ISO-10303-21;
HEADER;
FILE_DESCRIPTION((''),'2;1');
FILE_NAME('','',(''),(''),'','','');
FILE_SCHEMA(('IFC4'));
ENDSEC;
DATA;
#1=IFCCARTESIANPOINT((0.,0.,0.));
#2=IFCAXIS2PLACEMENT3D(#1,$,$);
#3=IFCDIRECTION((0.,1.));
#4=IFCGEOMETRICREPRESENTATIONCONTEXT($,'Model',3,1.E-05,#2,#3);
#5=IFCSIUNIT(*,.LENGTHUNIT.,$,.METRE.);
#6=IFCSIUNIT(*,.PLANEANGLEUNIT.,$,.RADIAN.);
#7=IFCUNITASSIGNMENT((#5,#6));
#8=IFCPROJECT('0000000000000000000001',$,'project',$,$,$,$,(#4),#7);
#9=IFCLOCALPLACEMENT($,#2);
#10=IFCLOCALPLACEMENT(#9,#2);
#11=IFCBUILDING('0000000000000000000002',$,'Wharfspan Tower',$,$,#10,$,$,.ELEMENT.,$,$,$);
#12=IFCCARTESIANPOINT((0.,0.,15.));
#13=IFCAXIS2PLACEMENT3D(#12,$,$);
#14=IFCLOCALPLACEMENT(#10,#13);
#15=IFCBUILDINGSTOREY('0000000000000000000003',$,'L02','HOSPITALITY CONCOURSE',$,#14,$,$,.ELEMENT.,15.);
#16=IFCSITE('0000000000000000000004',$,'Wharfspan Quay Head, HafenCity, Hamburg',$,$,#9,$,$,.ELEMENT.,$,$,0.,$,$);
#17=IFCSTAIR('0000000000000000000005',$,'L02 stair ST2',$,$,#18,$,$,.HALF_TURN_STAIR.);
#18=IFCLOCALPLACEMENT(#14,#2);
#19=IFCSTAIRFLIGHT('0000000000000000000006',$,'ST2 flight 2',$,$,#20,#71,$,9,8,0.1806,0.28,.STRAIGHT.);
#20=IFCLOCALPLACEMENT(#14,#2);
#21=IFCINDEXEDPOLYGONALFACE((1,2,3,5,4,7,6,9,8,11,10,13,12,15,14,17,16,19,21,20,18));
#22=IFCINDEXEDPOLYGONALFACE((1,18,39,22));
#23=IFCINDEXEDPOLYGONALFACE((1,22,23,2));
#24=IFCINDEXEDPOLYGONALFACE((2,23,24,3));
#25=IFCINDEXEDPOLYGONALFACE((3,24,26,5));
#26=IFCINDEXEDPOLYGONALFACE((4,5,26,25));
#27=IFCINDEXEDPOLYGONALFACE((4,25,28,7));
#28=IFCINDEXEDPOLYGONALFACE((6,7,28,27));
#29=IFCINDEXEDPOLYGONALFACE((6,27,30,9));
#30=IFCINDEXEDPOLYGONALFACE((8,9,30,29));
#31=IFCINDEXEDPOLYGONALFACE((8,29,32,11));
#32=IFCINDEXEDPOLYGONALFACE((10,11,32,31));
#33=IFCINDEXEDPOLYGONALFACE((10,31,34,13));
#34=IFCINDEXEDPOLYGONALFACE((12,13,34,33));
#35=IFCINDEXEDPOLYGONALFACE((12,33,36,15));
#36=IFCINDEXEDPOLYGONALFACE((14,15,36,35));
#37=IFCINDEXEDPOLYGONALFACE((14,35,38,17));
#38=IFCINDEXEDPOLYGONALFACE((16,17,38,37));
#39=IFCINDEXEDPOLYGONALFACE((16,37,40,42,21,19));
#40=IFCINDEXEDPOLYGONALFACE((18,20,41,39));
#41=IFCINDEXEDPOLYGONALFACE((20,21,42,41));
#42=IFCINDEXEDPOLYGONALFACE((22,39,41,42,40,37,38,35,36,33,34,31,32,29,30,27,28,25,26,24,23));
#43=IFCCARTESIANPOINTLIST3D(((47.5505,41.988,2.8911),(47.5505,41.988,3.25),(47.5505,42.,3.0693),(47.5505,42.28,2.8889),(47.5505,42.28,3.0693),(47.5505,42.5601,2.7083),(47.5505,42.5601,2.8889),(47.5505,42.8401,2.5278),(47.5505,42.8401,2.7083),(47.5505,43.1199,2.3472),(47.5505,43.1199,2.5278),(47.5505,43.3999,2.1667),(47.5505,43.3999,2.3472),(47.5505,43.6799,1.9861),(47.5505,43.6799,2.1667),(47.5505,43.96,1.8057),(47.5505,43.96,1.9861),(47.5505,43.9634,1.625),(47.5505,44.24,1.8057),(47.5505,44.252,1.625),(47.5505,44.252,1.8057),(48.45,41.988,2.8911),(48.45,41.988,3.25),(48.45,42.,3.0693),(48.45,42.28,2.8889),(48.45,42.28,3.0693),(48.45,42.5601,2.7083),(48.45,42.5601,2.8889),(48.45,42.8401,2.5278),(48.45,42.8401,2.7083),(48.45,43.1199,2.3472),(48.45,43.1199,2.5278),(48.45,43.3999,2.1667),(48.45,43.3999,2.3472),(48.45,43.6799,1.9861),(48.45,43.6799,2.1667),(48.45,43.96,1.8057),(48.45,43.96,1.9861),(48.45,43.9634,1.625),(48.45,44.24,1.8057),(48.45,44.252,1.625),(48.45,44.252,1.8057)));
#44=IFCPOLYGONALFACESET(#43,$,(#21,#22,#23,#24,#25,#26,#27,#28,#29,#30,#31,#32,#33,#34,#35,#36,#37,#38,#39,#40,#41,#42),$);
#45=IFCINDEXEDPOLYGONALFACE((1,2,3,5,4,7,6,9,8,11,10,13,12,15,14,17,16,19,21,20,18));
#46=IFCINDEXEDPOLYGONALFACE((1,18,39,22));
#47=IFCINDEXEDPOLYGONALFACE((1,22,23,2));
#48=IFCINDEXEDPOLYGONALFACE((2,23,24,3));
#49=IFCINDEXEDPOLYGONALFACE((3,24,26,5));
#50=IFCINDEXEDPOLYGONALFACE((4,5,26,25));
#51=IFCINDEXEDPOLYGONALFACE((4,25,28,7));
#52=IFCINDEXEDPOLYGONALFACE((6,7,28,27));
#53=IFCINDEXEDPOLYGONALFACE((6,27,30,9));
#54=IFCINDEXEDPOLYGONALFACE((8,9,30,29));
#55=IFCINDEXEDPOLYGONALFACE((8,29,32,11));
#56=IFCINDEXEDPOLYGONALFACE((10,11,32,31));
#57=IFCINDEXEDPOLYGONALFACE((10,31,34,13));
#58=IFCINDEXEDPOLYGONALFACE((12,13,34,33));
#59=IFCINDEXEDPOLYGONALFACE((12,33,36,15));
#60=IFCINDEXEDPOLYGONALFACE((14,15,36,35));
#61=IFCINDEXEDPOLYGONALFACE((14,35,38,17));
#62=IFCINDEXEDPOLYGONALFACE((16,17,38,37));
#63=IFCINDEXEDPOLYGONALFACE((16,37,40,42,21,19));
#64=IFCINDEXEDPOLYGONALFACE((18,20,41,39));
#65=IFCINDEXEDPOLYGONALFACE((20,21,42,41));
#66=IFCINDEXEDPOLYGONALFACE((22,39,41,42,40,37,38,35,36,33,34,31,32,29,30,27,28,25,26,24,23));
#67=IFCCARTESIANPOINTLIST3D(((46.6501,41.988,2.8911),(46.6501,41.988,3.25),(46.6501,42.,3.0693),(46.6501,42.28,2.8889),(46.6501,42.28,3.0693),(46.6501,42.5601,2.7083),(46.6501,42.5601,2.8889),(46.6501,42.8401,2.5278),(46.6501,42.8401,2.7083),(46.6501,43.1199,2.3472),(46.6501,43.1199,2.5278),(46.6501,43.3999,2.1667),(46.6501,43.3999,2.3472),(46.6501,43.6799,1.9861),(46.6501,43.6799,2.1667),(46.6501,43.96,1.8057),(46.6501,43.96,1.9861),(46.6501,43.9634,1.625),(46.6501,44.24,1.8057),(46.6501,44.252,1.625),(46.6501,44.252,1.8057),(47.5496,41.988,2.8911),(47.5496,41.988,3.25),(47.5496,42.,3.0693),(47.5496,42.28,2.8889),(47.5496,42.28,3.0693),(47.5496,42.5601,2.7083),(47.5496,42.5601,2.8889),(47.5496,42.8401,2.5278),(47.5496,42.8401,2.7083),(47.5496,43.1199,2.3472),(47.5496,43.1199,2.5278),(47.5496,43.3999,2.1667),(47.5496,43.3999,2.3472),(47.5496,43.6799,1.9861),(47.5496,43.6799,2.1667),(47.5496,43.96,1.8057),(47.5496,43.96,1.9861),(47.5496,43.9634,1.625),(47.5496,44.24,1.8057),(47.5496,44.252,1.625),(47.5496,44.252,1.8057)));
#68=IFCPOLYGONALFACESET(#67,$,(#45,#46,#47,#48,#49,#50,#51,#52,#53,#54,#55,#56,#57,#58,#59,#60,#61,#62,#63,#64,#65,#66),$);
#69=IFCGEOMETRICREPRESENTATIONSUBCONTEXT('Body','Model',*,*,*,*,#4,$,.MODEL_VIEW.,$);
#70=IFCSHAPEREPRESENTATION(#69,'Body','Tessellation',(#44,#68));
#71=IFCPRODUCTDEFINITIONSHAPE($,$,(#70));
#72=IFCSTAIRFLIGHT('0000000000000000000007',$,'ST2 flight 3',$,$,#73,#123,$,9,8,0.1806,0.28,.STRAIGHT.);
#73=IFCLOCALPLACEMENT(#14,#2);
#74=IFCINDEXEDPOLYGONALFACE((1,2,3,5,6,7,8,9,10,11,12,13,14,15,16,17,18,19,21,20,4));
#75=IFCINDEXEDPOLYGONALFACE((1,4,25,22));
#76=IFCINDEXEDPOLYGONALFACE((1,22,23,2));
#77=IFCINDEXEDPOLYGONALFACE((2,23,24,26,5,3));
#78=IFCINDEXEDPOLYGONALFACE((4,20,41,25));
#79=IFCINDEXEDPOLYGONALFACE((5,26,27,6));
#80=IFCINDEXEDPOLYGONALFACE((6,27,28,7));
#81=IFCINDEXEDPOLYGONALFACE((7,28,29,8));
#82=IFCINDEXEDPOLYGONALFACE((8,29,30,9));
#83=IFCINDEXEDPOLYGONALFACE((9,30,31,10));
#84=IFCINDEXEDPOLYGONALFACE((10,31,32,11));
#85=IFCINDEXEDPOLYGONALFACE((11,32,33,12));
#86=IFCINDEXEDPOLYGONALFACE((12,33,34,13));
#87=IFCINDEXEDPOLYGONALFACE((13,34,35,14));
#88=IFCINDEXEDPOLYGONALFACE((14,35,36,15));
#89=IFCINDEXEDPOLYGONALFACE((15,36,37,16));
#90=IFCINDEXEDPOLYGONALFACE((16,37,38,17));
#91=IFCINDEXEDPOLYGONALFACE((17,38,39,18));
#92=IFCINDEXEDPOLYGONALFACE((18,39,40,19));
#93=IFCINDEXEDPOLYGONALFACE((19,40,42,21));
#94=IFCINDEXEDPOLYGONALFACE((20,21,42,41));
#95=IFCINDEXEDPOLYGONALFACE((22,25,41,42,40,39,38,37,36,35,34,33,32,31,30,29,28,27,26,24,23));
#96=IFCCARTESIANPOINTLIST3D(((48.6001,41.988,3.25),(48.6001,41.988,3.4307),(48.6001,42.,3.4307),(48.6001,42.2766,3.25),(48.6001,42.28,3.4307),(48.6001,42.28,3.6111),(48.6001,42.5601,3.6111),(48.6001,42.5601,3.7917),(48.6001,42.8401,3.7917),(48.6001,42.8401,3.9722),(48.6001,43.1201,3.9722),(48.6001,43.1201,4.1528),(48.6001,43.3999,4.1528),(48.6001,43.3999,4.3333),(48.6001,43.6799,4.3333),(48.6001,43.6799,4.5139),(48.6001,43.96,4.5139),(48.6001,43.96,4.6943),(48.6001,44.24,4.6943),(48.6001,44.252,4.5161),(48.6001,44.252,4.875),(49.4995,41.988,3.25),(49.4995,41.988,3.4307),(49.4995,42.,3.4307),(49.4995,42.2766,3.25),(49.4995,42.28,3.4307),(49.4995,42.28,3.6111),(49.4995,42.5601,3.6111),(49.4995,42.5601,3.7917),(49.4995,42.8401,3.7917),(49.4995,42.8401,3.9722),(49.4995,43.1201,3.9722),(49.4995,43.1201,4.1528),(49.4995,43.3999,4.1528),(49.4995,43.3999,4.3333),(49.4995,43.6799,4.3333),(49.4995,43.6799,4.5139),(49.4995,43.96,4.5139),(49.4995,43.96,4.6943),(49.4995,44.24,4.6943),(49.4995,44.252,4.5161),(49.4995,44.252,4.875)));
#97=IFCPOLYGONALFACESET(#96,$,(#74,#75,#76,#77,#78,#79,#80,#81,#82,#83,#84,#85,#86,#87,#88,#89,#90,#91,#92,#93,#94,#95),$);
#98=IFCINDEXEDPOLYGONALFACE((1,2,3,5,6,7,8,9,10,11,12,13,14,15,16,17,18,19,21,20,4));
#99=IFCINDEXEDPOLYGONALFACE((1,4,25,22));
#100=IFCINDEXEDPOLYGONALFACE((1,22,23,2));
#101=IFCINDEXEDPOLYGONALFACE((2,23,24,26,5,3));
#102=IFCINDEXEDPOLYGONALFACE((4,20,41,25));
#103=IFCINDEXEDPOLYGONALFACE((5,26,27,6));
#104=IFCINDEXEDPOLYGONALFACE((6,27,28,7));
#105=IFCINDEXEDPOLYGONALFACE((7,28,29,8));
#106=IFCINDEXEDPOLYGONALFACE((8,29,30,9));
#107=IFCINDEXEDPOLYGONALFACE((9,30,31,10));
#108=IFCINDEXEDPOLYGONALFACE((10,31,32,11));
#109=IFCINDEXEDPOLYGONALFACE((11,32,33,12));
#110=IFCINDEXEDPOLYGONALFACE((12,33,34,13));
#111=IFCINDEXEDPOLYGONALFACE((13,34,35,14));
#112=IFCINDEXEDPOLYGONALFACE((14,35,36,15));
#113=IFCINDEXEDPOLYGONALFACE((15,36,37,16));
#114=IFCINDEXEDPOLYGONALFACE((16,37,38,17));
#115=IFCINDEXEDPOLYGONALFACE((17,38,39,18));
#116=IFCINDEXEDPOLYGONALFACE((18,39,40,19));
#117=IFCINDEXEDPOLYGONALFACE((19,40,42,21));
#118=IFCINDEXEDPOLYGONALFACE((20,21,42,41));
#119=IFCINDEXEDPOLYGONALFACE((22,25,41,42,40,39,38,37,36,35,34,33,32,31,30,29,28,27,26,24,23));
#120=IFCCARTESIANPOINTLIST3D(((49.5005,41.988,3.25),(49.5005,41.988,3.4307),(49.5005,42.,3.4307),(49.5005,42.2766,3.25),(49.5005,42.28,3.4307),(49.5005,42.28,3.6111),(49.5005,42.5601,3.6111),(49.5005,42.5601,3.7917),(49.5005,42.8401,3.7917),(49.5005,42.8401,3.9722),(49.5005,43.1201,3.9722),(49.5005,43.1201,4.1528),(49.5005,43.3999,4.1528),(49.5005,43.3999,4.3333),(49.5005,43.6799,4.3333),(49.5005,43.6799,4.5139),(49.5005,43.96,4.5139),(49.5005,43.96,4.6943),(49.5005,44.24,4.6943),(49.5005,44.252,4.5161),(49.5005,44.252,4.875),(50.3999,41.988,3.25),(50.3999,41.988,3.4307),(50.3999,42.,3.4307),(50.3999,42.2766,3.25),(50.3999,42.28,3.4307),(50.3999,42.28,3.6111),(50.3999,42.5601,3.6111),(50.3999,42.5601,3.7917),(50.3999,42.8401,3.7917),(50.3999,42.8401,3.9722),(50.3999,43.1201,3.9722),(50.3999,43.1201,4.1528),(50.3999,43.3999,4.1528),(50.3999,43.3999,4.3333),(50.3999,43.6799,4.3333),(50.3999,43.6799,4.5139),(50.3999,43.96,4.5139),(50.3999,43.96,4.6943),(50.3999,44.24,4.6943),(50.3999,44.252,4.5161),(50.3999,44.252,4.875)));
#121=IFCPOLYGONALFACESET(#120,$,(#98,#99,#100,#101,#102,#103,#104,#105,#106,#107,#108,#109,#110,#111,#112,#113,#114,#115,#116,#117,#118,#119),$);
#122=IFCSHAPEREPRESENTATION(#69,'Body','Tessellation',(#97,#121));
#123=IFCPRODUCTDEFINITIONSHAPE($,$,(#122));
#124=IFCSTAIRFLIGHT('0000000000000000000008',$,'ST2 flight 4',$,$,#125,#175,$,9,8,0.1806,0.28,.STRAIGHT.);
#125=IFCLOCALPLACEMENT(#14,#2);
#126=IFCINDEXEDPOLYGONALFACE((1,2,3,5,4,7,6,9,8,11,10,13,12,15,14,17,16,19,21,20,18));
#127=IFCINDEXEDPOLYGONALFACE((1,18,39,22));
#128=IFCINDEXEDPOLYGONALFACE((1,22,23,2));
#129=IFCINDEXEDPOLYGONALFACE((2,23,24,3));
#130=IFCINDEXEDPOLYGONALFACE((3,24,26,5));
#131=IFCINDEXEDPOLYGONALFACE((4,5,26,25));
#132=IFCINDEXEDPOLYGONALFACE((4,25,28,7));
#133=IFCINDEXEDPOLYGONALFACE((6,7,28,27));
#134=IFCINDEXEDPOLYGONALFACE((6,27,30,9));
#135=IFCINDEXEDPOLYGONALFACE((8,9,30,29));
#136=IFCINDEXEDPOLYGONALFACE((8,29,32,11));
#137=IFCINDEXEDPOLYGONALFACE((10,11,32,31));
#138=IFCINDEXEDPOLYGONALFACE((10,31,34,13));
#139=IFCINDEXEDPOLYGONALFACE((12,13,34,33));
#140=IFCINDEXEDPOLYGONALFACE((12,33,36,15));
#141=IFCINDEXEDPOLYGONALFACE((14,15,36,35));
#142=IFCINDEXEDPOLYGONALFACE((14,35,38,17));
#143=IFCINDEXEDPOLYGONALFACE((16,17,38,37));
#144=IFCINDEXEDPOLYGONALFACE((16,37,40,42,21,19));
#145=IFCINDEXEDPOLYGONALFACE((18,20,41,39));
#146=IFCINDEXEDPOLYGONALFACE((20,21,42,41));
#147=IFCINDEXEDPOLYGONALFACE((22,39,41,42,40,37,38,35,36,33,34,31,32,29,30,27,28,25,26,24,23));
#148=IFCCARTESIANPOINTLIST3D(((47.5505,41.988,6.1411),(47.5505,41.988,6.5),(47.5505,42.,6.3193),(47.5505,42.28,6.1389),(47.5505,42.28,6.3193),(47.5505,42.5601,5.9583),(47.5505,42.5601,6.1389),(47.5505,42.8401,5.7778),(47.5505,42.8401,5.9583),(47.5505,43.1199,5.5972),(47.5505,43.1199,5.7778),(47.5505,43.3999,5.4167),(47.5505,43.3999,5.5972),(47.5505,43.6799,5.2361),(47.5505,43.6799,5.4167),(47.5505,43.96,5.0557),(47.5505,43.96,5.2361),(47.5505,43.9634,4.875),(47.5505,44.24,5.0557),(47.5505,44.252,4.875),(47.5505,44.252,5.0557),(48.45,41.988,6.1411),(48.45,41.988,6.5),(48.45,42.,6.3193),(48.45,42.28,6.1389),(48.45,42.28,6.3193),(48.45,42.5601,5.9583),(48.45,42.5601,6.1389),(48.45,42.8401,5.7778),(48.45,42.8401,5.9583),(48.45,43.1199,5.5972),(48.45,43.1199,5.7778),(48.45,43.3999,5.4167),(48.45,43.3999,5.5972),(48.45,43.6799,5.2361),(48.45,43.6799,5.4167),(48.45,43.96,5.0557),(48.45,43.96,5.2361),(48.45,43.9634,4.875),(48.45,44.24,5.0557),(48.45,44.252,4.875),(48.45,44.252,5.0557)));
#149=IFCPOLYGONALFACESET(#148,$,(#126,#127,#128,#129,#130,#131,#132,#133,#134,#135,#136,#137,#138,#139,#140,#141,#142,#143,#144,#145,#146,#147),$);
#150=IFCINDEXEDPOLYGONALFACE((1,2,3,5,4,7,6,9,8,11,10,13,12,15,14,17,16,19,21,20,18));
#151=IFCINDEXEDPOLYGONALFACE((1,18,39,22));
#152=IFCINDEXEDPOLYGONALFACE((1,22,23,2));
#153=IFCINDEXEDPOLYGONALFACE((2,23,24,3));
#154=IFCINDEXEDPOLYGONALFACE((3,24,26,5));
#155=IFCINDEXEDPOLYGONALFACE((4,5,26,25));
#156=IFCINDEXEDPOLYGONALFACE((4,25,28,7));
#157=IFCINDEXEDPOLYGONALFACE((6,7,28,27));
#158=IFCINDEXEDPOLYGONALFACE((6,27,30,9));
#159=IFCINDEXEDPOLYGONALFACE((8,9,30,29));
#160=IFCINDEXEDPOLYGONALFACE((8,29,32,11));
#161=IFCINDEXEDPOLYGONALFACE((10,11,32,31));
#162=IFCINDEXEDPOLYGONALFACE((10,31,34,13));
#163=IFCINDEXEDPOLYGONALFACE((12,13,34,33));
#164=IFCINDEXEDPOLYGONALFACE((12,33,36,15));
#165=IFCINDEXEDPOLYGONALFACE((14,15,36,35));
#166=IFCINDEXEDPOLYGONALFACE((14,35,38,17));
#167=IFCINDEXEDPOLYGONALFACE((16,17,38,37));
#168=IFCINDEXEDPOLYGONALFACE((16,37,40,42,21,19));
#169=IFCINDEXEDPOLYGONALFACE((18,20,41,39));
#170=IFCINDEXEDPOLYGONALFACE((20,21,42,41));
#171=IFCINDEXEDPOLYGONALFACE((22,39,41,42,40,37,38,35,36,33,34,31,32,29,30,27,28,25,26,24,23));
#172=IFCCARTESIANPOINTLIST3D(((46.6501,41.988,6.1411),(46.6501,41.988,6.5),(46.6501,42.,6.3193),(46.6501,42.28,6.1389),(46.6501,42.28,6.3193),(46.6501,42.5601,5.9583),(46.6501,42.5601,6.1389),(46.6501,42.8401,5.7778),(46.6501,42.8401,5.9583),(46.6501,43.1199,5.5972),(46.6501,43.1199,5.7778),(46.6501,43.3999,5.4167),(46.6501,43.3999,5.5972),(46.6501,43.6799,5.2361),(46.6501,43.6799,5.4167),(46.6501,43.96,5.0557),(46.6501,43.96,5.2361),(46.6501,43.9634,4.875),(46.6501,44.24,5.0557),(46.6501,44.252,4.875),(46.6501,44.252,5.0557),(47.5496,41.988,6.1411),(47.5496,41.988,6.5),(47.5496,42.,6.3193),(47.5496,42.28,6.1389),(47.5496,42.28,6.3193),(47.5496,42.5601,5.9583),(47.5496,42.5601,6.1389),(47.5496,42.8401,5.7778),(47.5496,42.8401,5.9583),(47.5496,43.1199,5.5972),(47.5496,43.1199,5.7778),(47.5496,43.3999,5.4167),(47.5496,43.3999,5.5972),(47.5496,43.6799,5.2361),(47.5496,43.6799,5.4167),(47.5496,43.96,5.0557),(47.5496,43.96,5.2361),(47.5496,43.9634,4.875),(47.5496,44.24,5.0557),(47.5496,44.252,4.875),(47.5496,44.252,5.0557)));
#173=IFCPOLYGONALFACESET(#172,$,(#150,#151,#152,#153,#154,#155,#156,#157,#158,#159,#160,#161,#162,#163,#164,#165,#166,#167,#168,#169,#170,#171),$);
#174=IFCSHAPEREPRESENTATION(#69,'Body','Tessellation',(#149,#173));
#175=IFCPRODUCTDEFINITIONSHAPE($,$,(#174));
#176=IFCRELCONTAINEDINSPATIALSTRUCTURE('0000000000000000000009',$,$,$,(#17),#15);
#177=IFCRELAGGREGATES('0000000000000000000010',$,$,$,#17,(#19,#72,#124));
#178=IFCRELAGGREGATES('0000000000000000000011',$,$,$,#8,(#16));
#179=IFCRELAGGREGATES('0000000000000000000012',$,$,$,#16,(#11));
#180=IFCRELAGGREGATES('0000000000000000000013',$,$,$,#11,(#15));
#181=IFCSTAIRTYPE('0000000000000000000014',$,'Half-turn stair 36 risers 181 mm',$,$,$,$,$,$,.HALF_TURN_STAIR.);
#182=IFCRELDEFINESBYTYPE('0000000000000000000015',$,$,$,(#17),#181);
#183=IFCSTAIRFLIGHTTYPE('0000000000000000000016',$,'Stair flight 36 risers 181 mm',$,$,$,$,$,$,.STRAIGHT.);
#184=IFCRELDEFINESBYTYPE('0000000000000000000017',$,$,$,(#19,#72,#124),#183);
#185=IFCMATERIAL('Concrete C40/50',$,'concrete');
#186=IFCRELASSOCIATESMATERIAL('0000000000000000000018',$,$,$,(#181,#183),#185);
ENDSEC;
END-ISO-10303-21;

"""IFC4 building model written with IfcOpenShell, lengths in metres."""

from ifc_helpers import new_model, si_unit, direction, frame, origin, place, context, subcontext, project, spatial, polyline, outline, extrude, material, type_object, element, aggregate, save


model = new_model("IFC4")

# Units and contexts
model_context = context("Model", 3, precision=1e-05, world=origin(), true_north=direction((0.0, 1.0)))
body_context = subcontext(model_context, "Body", "Model", "MODEL_VIEW")
ifc_project = project(units=[si_unit("LENGTHUNIT", "METRE"), si_unit("PLANEANGLEUNIT", "RADIAN")], contexts=[model_context])

# Site, building, storey
site_placement = place(None, origin())
site = spatial("IfcSite", under=ifc_project, at=site_placement, Name="Wharfspan Quay Head, HafenCity, Hamburg", CompositionType="ELEMENT", RefElevation=0.0)
building_placement = place(site_placement, origin())
building = spatial("IfcBuilding", under=site, at=building_placement, Name="Wharfspan Tower", CompositionType="ELEMENT")
storey_placement = place(building_placement, frame((0.0, 0.0, 15.0)))
storey = spatial("IfcBuildingStorey", under=building, at=storey_placement, Name="L02", Description="HOSPITALITY CONCOURSE", CompositionType="ELEMENT", Elevation=15.0)

# Shared definitions
ifc_material_1 = material(Name="Concrete C40/50", Category="concrete")

# Stair, stair flights
stair_type = type_object("IfcStairType", Name="Half-turn stair 36 risers 181 mm", PredefinedType="HALF_TURN_STAIR", material=ifc_material_1)
stair_placement = place(storey_placement, origin())
stair = element("IfcStair", 1, at=stair_placement, inside=storey, type_object=stair_type, Name="L02 stair ST2", PredefinedType="HALF_TURN_STAIR")
stair_flight_type = type_object("IfcStairFlightType", Name="Stair flight 36 risers 181 mm", PredefinedType="STRAIGHT", material=ifc_material_1)
stair_flight_1_placement = place(storey_placement, frame((47.55, 44.24, 1.625), z_axis=(0.0, 0.0, 1.0), x_axis=(0.0, -1.0, 0.0)))
stair_flight_1 = element("IfcStairFlight", 2, at=stair_flight_1_placement, type_object=stair_flight_type, Name="ST2 flight 2", NumberOfRisers=9, NumberOfTreads=8, PredefinedType="STRAIGHT", RiserHeight=0.1806, TreadLength=0.28, context=body_context, shape_type="SweptSolid", body=[
    extrude(outline(polyline([(-0.012, 0.0), (-0.012, 0.1807), (0.0, 0.1807), (0.28, 0.1807), (0.28, 0.3611), (0.5601, 0.3611), (0.5601, 0.5417), (0.8401, 0.5417), (0.8401, 0.7222), (1.1201, 0.7222), (1.1201, 0.9028), (1.3999, 0.9028), (1.3999, 1.0833), (1.6799, 1.0833), (1.6799, 1.2639), (1.96, 1.2639), (1.96, 1.4443), (2.24, 1.4443), (2.252, 1.625), (2.252, 1.2661), (0.2766, 0.0), (-0.012, 0.0)])), frame((0.0, 0.8999, 0.0), z_axis=(0.0, -1.0, 0.0), x_axis=(1.0, 0.0, 0.0)), (0.0, 0.0, 1.0), 0.8994),
    extrude(outline(polyline([(-0.012, 0.0), (-0.012, 0.1807), (0.0, 0.1807), (0.28, 0.1807), (0.28, 0.3611), (0.5601, 0.3611), (0.5601, 0.5417), (0.8401, 0.5417), (0.8401, 0.7222), (1.1201, 0.7222), (1.1201, 0.9028), (1.3999, 0.9028), (1.3999, 1.0833), (1.6799, 1.0833), (1.6799, 1.2639), (1.96, 1.2639), (1.96, 1.4443), (2.24, 1.4443), (2.252, 1.625), (2.252, 1.2661), (0.2766, 0.0), (-0.012, 0.0)])), frame((0.0, -0.0005, 0.0), z_axis=(0.0, -1.0, 0.0), x_axis=(1.0, 0.0, 0.0)), (0.0, 0.0, 1.0), 0.8994),
])
stair_flight_2_placement = place(storey_placement, frame((49.5, 42.0, 3.25), z_axis=(0.0, 0.0, 1.0), x_axis=(0.0, 1.0, 0.0)))
stair_flight_2 = element("IfcStairFlight", 3, at=stair_flight_2_placement, type_object=stair_flight_type, Name="ST2 flight 3", NumberOfRisers=9, NumberOfTreads=8, PredefinedType="STRAIGHT", RiserHeight=0.1806, TreadLength=0.28, context=body_context, shape_type="SweptSolid", body=[
    extrude(outline(polyline([(-0.012, 0.0), (-0.012, 0.1807), (0.0, 0.1807), (0.28, 0.1807), (0.28, 0.3611), (0.5601, 0.3611), (0.5601, 0.5417), (0.8401, 0.5417), (0.8401, 0.7222), (1.1201, 0.7222), (1.1201, 0.9028), (1.3999, 0.9028), (1.3999, 1.0833), (1.6799, 1.0833), (1.6799, 1.2639), (1.96, 1.2639), (1.96, 1.4443), (2.24, 1.4443), (2.252, 1.625), (2.252, 1.2661), (0.2766, 0.0), (-0.012, 0.0)])), frame((0.0, 0.8999, 0.0), z_axis=(0.0, -1.0, 0.0), x_axis=(1.0, 0.0, 0.0)), (0.0, 0.0, 1.0), 0.8994),
    extrude(outline(polyline([(-0.012, 0.0), (-0.012, 0.1807), (0.0, 0.1807), (0.28, 0.1807), (0.28, 0.3611), (0.5601, 0.3611), (0.5601, 0.5417), (0.8401, 0.5417), (0.8401, 0.7222), (1.1201, 0.7222), (1.1201, 0.9028), (1.3999, 0.9028), (1.3999, 1.0833), (1.6799, 1.0833), (1.6799, 1.2639), (1.96, 1.2639), (1.96, 1.4443), (2.24, 1.4443), (2.252, 1.625), (2.252, 1.2661), (0.2766, 0.0), (-0.012, 0.0)])), frame((0.0, -0.0005, 0.0), z_axis=(0.0, -1.0, 0.0), x_axis=(1.0, 0.0, 0.0)), (0.0, 0.0, 1.0), 0.8994),
])
stair_flight_3_placement = place(storey_placement, frame((47.55, 44.24, 4.875), z_axis=(0.0, 0.0, 1.0), x_axis=(0.0, -1.0, 0.0)))
stair_flight_3 = element("IfcStairFlight", 4, at=stair_flight_3_placement, type_object=stair_flight_type, Name="ST2 flight 4", NumberOfRisers=9, NumberOfTreads=8, PredefinedType="STRAIGHT", RiserHeight=0.1806, TreadLength=0.28, context=body_context, shape_type="SweptSolid", body=[
    extrude(outline(polyline([(-0.012, 0.0), (-0.012, 0.1807), (0.0, 0.1807), (0.28, 0.1807), (0.28, 0.3611), (0.5601, 0.3611), (0.5601, 0.5417), (0.8401, 0.5417), (0.8401, 0.7222), (1.1201, 0.7222), (1.1201, 0.9028), (1.3999, 0.9028), (1.3999, 1.0833), (1.6799, 1.0833), (1.6799, 1.2639), (1.96, 1.2639), (1.96, 1.4443), (2.24, 1.4443), (2.252, 1.625), (2.252, 1.2661), (0.2766, 0.0), (-0.012, 0.0)])), frame((0.0, 0.8999, 0.0), z_axis=(0.0, -1.0, 0.0), x_axis=(1.0, 0.0, 0.0)), (0.0, 0.0, 1.0), 0.8994),
    extrude(outline(polyline([(-0.012, 0.0), (-0.012, 0.1807), (0.0, 0.1807), (0.28, 0.1807), (0.28, 0.3611), (0.5601, 0.3611), (0.5601, 0.5417), (0.8401, 0.5417), (0.8401, 0.7222), (1.1201, 0.7222), (1.1201, 0.9028), (1.3999, 0.9028), (1.3999, 1.0833), (1.6799, 1.0833), (1.6799, 1.2639), (1.96, 1.2639), (1.96, 1.4443), (2.24, 1.4443), (2.252, 1.625), (2.252, 1.2661), (0.2766, 0.0), (-0.012, 0.0)])), frame((0.0, -0.0005, 0.0), z_axis=(0.0, -1.0, 0.0), x_axis=(1.0, 0.0, 0.0)), (0.0, 0.0, 1.0), 0.8994),
])
aggregate(stair, [stair_flight_1, stair_flight_2, stair_flight_3])

save(model, "model.ifc")
